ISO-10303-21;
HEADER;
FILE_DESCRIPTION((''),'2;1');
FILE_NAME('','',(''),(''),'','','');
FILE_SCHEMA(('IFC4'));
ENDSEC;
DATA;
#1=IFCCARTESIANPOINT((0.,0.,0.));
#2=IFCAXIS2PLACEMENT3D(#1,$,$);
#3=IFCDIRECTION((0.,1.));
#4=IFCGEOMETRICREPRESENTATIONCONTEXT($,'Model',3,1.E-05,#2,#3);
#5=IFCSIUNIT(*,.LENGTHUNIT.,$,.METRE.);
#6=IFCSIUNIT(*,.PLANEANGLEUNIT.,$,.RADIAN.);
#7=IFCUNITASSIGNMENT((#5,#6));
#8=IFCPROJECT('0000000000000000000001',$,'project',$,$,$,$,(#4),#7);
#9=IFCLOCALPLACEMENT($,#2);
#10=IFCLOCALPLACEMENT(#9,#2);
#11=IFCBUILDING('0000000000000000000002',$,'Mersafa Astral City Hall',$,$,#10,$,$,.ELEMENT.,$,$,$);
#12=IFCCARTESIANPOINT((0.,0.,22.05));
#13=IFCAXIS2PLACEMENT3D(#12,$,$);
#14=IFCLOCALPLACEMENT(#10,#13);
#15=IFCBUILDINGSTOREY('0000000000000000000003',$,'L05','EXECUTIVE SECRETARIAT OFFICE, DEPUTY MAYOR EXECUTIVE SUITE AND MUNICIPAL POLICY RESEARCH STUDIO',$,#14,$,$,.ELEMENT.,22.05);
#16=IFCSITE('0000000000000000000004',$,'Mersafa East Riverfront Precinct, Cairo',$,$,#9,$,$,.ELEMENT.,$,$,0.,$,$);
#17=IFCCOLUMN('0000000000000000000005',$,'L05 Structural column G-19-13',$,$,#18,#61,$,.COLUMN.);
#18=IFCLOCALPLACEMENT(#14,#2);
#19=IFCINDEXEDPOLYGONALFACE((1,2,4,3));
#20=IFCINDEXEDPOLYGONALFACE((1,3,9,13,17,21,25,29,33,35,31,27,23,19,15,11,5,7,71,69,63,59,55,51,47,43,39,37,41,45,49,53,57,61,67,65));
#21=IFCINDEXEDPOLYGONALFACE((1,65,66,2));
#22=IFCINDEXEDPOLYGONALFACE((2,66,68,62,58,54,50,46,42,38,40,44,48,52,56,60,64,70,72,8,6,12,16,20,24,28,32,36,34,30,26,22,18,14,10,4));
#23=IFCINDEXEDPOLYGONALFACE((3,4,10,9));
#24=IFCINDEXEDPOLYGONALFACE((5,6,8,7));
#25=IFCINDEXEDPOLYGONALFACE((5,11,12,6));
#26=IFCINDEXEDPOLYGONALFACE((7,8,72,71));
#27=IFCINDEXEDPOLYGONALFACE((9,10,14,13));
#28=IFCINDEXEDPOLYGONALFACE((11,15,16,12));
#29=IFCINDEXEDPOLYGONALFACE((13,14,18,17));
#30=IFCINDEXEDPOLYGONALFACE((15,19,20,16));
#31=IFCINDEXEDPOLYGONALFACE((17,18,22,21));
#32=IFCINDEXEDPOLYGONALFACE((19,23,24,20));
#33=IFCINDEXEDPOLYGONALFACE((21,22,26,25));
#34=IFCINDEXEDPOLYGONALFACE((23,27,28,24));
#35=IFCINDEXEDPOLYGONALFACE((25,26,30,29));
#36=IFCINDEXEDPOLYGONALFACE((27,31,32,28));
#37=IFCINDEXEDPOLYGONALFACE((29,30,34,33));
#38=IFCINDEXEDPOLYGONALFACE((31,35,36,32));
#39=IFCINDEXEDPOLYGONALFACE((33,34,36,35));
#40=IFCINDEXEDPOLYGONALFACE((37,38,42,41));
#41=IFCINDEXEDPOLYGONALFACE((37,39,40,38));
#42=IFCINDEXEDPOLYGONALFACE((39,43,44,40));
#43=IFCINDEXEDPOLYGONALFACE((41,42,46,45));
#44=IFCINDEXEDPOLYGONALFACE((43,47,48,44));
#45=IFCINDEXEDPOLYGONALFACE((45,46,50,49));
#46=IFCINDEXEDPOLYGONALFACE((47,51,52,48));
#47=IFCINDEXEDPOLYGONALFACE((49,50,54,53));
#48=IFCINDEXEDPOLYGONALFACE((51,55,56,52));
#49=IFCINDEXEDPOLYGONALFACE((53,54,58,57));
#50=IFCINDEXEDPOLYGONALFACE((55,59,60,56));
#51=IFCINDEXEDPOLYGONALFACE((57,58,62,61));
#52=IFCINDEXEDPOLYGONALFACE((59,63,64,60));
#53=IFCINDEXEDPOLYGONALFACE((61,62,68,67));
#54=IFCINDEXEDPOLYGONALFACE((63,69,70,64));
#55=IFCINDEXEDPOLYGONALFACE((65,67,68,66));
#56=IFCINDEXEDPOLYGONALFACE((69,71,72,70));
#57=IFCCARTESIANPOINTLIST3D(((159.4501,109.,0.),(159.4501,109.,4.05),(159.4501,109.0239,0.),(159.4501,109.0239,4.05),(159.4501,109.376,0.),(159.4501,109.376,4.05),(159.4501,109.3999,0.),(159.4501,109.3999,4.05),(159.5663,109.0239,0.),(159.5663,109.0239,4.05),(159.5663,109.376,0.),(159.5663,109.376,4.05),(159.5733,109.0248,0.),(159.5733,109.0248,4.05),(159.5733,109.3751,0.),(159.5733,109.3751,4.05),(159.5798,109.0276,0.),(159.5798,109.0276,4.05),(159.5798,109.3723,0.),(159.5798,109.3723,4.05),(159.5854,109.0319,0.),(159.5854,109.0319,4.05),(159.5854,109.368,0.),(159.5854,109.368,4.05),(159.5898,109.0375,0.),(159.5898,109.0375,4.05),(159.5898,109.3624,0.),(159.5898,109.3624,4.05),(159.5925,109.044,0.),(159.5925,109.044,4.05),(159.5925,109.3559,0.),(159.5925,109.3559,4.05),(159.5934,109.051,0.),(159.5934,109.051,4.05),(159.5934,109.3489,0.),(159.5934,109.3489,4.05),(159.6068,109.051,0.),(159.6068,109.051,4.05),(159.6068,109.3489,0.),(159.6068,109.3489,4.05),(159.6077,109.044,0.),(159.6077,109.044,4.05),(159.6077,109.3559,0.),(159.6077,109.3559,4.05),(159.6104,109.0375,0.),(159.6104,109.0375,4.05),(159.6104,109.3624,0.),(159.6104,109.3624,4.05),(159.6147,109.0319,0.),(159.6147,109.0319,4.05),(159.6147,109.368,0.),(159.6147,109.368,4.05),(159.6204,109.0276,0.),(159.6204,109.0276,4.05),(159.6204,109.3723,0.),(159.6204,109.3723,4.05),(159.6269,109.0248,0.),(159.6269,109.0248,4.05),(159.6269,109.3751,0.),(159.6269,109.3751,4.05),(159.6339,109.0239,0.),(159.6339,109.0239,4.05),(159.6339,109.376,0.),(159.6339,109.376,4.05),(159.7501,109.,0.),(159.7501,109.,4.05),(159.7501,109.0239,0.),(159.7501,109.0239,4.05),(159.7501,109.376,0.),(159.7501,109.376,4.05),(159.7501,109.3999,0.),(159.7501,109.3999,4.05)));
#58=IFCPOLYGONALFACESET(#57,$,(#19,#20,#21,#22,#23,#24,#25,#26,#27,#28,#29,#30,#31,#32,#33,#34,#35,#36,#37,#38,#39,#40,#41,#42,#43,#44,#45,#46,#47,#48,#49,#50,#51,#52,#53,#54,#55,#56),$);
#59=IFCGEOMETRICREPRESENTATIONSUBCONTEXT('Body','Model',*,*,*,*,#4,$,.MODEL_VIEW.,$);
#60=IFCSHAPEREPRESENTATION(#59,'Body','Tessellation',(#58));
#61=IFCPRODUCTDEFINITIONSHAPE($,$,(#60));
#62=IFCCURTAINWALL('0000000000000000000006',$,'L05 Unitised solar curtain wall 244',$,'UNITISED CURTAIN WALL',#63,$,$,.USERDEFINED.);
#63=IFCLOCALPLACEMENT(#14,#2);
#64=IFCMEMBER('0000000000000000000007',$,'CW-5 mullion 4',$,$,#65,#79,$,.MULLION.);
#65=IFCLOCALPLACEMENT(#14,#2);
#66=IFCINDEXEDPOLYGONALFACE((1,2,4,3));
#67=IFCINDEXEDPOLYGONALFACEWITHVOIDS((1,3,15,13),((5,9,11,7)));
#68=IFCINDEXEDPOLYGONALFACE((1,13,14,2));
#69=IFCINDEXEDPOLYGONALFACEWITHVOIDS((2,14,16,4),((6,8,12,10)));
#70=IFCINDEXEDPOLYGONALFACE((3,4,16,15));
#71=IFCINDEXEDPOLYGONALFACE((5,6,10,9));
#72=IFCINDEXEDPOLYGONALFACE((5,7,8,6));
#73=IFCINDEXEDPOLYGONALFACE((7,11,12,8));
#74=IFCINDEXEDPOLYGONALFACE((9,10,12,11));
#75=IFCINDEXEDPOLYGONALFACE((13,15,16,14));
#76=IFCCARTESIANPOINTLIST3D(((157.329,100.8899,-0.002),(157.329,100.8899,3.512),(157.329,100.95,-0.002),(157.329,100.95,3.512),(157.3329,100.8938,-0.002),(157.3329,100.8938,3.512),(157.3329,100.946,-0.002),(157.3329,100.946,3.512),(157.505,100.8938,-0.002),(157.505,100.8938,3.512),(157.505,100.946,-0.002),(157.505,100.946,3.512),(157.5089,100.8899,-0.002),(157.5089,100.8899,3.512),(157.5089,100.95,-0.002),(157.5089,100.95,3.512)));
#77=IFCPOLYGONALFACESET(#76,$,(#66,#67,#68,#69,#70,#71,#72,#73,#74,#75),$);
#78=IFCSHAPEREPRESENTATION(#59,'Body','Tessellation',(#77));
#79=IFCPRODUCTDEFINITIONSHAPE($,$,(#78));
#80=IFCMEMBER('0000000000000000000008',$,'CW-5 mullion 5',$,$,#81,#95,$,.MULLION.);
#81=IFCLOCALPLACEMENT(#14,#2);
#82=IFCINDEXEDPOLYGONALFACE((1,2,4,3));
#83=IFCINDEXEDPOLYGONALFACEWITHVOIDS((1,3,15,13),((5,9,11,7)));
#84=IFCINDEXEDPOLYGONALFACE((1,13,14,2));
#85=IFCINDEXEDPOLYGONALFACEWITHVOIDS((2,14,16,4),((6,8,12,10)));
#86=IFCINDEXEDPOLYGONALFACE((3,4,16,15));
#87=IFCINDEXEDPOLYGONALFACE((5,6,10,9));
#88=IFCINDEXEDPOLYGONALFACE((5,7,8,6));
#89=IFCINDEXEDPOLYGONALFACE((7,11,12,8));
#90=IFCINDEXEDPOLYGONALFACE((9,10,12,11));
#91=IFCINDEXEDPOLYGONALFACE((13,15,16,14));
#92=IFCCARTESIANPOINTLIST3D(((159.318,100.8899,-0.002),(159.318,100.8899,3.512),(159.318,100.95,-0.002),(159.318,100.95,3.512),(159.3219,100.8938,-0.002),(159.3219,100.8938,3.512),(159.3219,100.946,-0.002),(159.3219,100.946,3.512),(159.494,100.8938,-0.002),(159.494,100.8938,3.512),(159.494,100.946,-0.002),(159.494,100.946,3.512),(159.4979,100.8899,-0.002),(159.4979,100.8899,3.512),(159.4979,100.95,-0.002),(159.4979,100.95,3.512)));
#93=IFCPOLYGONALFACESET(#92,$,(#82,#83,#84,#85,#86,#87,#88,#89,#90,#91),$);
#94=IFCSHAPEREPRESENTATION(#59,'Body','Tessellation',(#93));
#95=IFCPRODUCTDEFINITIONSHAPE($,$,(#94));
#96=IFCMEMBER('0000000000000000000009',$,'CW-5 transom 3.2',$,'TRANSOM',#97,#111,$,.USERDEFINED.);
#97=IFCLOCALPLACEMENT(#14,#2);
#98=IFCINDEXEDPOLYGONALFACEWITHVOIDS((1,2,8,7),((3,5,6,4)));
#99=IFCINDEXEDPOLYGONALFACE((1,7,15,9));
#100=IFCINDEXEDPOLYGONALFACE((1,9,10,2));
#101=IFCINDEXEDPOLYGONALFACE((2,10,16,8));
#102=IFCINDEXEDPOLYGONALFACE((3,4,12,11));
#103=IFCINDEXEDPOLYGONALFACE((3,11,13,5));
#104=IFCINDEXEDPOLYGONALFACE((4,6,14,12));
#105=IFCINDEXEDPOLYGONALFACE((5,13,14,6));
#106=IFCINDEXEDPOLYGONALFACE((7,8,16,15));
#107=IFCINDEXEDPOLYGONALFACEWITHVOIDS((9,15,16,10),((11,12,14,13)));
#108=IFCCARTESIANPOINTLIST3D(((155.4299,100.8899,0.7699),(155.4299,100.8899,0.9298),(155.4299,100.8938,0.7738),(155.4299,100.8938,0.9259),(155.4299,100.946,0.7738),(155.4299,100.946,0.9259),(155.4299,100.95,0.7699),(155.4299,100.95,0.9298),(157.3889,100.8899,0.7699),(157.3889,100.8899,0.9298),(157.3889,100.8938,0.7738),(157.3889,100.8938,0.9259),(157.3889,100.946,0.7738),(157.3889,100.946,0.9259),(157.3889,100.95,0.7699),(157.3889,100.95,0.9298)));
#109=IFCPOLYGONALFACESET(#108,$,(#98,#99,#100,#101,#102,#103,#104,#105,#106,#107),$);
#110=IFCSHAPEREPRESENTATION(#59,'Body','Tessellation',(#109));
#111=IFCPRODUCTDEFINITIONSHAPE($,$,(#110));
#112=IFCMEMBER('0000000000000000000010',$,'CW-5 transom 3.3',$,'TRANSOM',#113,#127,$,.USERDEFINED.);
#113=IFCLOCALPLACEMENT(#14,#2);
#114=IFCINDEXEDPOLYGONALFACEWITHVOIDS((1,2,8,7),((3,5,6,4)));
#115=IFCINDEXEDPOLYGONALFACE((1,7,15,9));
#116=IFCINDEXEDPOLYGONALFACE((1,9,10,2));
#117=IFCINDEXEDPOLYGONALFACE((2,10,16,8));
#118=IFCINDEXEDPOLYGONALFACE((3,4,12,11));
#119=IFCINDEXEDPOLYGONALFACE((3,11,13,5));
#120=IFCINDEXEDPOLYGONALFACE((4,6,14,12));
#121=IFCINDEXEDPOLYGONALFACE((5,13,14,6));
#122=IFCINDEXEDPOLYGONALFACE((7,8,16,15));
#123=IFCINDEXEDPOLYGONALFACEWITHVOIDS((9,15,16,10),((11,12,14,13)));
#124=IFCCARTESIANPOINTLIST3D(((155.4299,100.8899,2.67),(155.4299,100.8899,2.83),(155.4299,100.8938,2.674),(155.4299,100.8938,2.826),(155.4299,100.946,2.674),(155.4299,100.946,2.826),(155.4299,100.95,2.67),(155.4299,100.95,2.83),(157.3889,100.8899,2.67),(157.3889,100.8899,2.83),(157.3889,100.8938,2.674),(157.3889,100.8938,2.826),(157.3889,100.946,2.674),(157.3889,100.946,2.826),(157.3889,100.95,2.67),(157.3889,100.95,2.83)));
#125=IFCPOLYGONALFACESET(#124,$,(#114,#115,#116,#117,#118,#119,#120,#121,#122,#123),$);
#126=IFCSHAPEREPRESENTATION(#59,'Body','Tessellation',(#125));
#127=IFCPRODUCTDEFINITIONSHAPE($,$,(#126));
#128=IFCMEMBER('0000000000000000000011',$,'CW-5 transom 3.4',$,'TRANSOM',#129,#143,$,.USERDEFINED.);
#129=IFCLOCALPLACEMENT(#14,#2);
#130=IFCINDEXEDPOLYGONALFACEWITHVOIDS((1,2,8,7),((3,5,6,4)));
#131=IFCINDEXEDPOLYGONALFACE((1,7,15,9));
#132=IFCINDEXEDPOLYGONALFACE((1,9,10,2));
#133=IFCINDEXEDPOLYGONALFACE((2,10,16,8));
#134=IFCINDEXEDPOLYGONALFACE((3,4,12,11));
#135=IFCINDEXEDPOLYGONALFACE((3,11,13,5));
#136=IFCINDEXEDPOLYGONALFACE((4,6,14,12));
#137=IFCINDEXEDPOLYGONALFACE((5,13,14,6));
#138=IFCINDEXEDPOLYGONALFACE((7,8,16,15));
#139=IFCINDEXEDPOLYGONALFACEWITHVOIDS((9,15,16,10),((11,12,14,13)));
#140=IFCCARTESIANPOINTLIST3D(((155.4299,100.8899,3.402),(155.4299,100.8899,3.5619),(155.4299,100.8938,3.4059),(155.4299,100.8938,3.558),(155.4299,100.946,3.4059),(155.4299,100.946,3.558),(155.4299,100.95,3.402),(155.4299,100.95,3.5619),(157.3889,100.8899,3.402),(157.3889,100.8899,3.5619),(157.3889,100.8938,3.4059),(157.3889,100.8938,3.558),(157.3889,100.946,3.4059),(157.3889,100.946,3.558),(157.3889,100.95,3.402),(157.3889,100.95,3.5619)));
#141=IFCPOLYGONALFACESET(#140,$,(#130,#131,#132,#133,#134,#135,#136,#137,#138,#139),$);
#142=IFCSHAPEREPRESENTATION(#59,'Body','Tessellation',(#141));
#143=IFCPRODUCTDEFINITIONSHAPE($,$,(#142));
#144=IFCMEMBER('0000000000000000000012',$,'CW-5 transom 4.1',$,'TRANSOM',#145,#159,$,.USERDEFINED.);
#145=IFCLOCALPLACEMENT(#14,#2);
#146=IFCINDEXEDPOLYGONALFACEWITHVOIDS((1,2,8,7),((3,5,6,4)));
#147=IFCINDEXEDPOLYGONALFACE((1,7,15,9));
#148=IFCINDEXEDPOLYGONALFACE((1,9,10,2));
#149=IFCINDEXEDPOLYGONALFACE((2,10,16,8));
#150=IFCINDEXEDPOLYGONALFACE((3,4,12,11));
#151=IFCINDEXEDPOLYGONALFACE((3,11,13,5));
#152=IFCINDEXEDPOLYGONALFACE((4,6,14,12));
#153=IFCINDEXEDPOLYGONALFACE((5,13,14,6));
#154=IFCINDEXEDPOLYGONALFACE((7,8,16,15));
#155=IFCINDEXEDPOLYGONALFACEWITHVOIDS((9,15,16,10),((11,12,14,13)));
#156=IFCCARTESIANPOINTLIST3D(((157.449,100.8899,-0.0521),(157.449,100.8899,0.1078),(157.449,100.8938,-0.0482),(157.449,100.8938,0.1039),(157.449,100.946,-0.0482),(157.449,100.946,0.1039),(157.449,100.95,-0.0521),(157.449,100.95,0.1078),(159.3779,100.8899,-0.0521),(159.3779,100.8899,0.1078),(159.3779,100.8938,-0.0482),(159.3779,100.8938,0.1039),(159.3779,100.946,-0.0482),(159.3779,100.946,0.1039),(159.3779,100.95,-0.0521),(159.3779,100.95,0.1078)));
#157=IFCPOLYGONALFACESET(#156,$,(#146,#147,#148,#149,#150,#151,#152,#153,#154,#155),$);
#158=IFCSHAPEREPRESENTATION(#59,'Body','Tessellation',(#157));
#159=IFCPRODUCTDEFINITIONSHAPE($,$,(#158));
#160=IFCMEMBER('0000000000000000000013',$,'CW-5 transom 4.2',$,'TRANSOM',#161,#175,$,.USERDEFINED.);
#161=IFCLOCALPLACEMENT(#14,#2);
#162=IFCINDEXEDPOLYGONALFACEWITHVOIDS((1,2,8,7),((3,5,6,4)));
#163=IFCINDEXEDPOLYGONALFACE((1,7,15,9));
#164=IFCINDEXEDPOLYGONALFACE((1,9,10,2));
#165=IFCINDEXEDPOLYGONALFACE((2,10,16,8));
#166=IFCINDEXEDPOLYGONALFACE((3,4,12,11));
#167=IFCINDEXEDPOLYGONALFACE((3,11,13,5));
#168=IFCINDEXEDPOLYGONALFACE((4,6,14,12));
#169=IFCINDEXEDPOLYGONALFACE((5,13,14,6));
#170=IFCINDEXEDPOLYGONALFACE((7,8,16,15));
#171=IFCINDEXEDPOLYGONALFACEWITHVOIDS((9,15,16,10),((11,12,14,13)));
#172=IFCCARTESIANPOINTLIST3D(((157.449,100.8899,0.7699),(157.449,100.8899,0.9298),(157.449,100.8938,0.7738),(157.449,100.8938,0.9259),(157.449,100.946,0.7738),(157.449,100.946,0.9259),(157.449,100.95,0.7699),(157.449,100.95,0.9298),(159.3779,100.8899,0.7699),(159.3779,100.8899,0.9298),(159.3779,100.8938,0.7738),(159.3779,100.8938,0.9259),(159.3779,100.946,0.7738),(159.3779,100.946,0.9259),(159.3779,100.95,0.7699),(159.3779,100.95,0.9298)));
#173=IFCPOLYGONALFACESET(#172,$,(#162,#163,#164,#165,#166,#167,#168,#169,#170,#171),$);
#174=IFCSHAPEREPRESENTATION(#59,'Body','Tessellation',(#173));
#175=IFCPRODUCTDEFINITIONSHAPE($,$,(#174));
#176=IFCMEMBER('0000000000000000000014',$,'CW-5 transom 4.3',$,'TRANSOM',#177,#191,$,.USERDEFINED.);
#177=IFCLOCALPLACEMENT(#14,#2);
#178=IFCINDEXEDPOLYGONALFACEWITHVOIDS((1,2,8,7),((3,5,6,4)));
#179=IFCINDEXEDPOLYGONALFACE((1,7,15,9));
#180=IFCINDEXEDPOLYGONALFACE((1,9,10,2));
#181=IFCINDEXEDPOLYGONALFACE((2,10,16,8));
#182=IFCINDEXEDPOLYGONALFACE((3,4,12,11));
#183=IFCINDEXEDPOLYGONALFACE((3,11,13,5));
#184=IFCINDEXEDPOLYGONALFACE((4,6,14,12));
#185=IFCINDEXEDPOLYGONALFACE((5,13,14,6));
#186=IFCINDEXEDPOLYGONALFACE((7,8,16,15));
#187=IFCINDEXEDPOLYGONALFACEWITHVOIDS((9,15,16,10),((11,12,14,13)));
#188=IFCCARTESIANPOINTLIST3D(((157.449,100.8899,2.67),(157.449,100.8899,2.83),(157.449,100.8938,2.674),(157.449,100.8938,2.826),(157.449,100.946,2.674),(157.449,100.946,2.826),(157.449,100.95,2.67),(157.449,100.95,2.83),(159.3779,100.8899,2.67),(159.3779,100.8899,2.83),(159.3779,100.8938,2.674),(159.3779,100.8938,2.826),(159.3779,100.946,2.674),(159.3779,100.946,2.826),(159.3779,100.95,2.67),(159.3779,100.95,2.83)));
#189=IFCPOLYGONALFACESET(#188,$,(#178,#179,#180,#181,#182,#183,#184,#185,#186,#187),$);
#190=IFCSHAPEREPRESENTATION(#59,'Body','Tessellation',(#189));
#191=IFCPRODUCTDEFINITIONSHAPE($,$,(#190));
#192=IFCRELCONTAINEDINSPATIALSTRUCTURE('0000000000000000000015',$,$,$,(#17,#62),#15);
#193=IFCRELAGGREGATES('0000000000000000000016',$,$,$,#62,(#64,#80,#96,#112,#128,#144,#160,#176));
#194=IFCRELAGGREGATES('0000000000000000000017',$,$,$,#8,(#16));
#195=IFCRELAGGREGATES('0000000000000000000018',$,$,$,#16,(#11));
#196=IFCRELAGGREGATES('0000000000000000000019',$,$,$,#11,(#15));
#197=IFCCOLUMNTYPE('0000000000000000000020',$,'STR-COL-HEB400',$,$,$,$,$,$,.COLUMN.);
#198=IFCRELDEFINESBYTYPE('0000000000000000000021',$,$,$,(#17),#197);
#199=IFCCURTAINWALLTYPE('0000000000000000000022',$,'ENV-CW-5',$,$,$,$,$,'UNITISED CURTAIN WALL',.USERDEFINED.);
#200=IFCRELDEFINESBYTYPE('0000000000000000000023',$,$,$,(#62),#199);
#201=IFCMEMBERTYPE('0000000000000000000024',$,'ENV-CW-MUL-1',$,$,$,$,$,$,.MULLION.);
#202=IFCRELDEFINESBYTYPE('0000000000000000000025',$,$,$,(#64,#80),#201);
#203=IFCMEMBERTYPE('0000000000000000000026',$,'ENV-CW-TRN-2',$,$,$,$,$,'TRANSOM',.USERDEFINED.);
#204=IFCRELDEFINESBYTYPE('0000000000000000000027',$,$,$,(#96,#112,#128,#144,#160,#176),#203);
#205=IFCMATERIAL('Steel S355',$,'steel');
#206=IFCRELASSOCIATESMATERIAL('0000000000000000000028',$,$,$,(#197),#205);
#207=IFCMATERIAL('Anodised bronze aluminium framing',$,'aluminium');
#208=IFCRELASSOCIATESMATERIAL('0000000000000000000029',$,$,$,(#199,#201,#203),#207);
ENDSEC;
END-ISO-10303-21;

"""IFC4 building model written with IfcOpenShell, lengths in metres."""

from ifc_helpers import new_model, si_unit, direction, frame, origin, origin_2d, place, context, subcontext, project, spatial, hollow_rectangle, i_section, extrude, material, material_profile, profile_set, type_object, element, aggregate, save


model = new_model("IFC4")

# Units and contexts
model_context = context("Model", 3, precision=1e-05, world=origin(), true_north=direction((0.0, 1.0)))
body_context = subcontext(model_context, "Body", "Model", "MODEL_VIEW")
ifc_project = project(units=[si_unit("LENGTHUNIT", "METRE"), si_unit("PLANEANGLEUNIT", "RADIAN")], contexts=[model_context])

# Site, building, storey
site_placement = place(None, origin())
site = spatial("IfcSite", under=ifc_project, at=site_placement, Name="Mersafa East Riverfront Precinct, Cairo", CompositionType="ELEMENT", RefElevation=0.0)
building_placement = place(site_placement, origin())
building = spatial("IfcBuilding", under=site, at=building_placement, Name="Mersafa Astral City Hall", CompositionType="ELEMENT")
storey_placement = place(building_placement, frame((0.0, 0.0, 22.05)))
storey = spatial("IfcBuildingStorey", under=building, at=storey_placement, Name="L05", Description="EXECUTIVE SECRETARIAT OFFICE, DEPUTY MAYOR EXECUTIVE SUITE AND MUNICIPAL POLICY RESEARCH STUDIO", CompositionType="ELEMENT", Elevation=22.05)

# Column
ifc_material_1 = material(Name="Steel S355", Category="steel")
ifc_material_profile_1 = material_profile(ifc_material_1, i_section(OverallWidth=0.3, OverallDepth=0.3999, WebThickness=0.0134, FlangeThickness=0.0239, FilletRadius=0.0271, at=origin_2d()), Name="HEB 400")
ifc_profile_set_1 = profile_set([ifc_material_profile_1], Name="Steel S355")
column_type = type_object("IfcColumnType", Name="STR-COL-HEB400", PredefinedType="COLUMN", material=ifc_profile_set_1)
column_placement = place(storey_placement, frame((159.6001, 109.2, 0.0), z_axis=(0.0, 0.0, 1.0), x_axis=(1.0, 0.0, 0.0)))
element("IfcColumn", 1, at=column_placement, inside=storey, type_object=column_type, Name="L05 Structural column G-19-13", PredefinedType="COLUMN", context=body_context, shape_type="SweptSolid", body=[
    extrude(i_section(OverallWidth=0.3, OverallDepth=0.3999, WebThickness=0.0134, FlangeThickness=0.0239, FilletRadius=0.0271, at=origin_2d()), origin(), (0.0, 0.0, 1.0), 4.05),
])

# Curtain wall, members
ifc_material_2 = material(Name="Anodised bronze aluminium framing", Category="aluminium")
curtain_wall_type = type_object("IfcCurtainWallType", Name="ENV-CW-5", ElementType="UNITISED CURTAIN WALL", PredefinedType="USERDEFINED", material=ifc_material_2)
curtain_wall_placement = place(storey_placement, origin())
curtain_wall = element("IfcCurtainWall", 2, at=curtain_wall_placement, inside=storey, type_object=curtain_wall_type, Name="L05 Unitised solar curtain wall 244", ObjectType="UNITISED CURTAIN WALL", PredefinedType="USERDEFINED")
ifc_material_profile_2 = material_profile(ifc_material_2, hollow_rectangle(XDim=0.0601, YDim=0.1799, WallThickness=0.0039, at=origin_2d()), Name="RHS 60x180x4")
ifc_profile_set_2 = profile_set([ifc_material_profile_2], Name="Anodised bronze aluminium framing")
member_type_1 = type_object("IfcMemberType", Name="ENV-CW-MUL-1", PredefinedType="MULLION", material=ifc_profile_set_2)
member_1_placement = place(storey_placement, frame((157.4189, 100.9199, -0.002), z_axis=(0.0, 0.0, 1.0), x_axis=(0.0, 1.0, 0.0)))
member_1 = element("IfcMember", 3, at=member_1_placement, type_object=member_type_1, Name="CW-5 mullion 4", PredefinedType="MULLION", context=body_context, shape_type="SweptSolid", body=[
    extrude(hollow_rectangle(XDim=0.0601, YDim=0.1799, WallThickness=0.0039, at=origin_2d()), origin(), (0.0, 0.0, 1.0), 3.5139),
])
member_2_placement = place(storey_placement, frame((159.408, 100.9199, -0.002), z_axis=(0.0, 0.0, 1.0), x_axis=(0.0, 1.0, 0.0)))
member_2 = element("IfcMember", 4, at=member_2_placement, type_object=member_type_1, Name="CW-5 mullion 5", PredefinedType="MULLION", context=body_context, shape_type="SweptSolid", body=[
    extrude(hollow_rectangle(XDim=0.0601, YDim=0.1799, WallThickness=0.0039, at=origin_2d()), origin(), (0.0, 0.0, 1.0), 3.5139),
])
ifc_material_profile_3 = material_profile(ifc_material_2, hollow_rectangle(XDim=0.0601, YDim=0.1599, WallThickness=0.0039, at=origin_2d()), Name="RHS 60x160x4")
ifc_profile_set_3 = profile_set([ifc_material_profile_3], Name="Anodised bronze aluminium framing")
member_type_2 = type_object("IfcMemberType", Name="ENV-CW-TRN-2", ElementType="TRANSOM", PredefinedType="USERDEFINED", material=ifc_profile_set_3)
member_3_placement = place(storey_placement, frame((155.4299, 100.9199, 0.8499), z_axis=(1.0, 0.0, 0.0), x_axis=(0.0, 1.0, 0.0)))
member_3 = element("IfcMember", 5, at=member_3_placement, type_object=member_type_2, Name="CW-5 transom 3.2", ObjectType="TRANSOM", PredefinedType="USERDEFINED", context=body_context, shape_type="SweptSolid", body=[
    extrude(hollow_rectangle(XDim=0.0601, YDim=0.1599, WallThickness=0.0039, at=origin_2d()), origin(), (0.0, 0.0, 1.0), 1.959),
])
member_4_placement = place(storey_placement, frame((155.4299, 100.9199, 2.75), z_axis=(1.0, 0.0, 0.0), x_axis=(0.0, 1.0, 0.0)))
member_4 = element("IfcMember", 6, at=member_4_placement, type_object=member_type_2, Name="CW-5 transom 3.3", ObjectType="TRANSOM", PredefinedType="USERDEFINED", context=body_context, shape_type="SweptSolid", body=[
    extrude(hollow_rectangle(XDim=0.0601, YDim=0.1599, WallThickness=0.0039, at=origin_2d()), origin(), (0.0, 0.0, 1.0), 1.959),
])
member_5_placement = place(storey_placement, frame((155.4299, 100.9199, 3.4819), z_axis=(1.0, 0.0, 0.0), x_axis=(0.0, 1.0, 0.0)))
member_5 = element("IfcMember", 7, at=member_5_placement, type_object=member_type_2, Name="CW-5 transom 3.4", ObjectType="TRANSOM", PredefinedType="USERDEFINED", context=body_context, shape_type="SweptSolid", body=[
    extrude(hollow_rectangle(XDim=0.0601, YDim=0.1599, WallThickness=0.0039, at=origin_2d()), origin(), (0.0, 0.0, 1.0), 1.959),
])
member_6_placement = place(storey_placement, frame((157.449, 100.9199, 0.0278), z_axis=(1.0, 0.0, 0.0), x_axis=(0.0, 1.0, 0.0)))
member_6 = element("IfcMember", 8, at=member_6_placement, type_object=member_type_2, Name="CW-5 transom 4.1", ObjectType="TRANSOM", PredefinedType="USERDEFINED", context=body_context, shape_type="SweptSolid", body=[
    extrude(hollow_rectangle(XDim=0.0601, YDim=0.1599, WallThickness=0.0039, at=origin_2d()), origin(), (0.0, 0.0, 1.0), 1.929),
])
member_7_placement = place(storey_placement, frame((157.449, 100.9199, 0.8499), z_axis=(1.0, 0.0, 0.0), x_axis=(0.0, 1.0, 0.0)))
member_7 = element("IfcMember", 9, at=member_7_placement, type_object=member_type_2, Name="CW-5 transom 4.2", ObjectType="TRANSOM", PredefinedType="USERDEFINED", context=body_context, shape_type="SweptSolid", body=[
    extrude(hollow_rectangle(XDim=0.0601, YDim=0.1599, WallThickness=0.0039, at=origin_2d()), origin(), (0.0, 0.0, 1.0), 1.929),
])
member_8_placement = place(storey_placement, frame((157.449, 100.9199, 2.75), z_axis=(1.0, 0.0, 0.0), x_axis=(0.0, 1.0, 0.0)))
member_8 = element("IfcMember", 10, at=member_8_placement, type_object=member_type_2, Name="CW-5 transom 4.3", ObjectType="TRANSOM", PredefinedType="USERDEFINED", context=body_context, shape_type="SweptSolid", body=[
    extrude(hollow_rectangle(XDim=0.0601, YDim=0.1599, WallThickness=0.0039, at=origin_2d()), origin(), (0.0, 0.0, 1.0), 1.929),
])

aggregate(curtain_wall, [member_1, member_2, member_3, member_4, member_5, member_6, member_7, member_8])

save(model, "model.ifc")
